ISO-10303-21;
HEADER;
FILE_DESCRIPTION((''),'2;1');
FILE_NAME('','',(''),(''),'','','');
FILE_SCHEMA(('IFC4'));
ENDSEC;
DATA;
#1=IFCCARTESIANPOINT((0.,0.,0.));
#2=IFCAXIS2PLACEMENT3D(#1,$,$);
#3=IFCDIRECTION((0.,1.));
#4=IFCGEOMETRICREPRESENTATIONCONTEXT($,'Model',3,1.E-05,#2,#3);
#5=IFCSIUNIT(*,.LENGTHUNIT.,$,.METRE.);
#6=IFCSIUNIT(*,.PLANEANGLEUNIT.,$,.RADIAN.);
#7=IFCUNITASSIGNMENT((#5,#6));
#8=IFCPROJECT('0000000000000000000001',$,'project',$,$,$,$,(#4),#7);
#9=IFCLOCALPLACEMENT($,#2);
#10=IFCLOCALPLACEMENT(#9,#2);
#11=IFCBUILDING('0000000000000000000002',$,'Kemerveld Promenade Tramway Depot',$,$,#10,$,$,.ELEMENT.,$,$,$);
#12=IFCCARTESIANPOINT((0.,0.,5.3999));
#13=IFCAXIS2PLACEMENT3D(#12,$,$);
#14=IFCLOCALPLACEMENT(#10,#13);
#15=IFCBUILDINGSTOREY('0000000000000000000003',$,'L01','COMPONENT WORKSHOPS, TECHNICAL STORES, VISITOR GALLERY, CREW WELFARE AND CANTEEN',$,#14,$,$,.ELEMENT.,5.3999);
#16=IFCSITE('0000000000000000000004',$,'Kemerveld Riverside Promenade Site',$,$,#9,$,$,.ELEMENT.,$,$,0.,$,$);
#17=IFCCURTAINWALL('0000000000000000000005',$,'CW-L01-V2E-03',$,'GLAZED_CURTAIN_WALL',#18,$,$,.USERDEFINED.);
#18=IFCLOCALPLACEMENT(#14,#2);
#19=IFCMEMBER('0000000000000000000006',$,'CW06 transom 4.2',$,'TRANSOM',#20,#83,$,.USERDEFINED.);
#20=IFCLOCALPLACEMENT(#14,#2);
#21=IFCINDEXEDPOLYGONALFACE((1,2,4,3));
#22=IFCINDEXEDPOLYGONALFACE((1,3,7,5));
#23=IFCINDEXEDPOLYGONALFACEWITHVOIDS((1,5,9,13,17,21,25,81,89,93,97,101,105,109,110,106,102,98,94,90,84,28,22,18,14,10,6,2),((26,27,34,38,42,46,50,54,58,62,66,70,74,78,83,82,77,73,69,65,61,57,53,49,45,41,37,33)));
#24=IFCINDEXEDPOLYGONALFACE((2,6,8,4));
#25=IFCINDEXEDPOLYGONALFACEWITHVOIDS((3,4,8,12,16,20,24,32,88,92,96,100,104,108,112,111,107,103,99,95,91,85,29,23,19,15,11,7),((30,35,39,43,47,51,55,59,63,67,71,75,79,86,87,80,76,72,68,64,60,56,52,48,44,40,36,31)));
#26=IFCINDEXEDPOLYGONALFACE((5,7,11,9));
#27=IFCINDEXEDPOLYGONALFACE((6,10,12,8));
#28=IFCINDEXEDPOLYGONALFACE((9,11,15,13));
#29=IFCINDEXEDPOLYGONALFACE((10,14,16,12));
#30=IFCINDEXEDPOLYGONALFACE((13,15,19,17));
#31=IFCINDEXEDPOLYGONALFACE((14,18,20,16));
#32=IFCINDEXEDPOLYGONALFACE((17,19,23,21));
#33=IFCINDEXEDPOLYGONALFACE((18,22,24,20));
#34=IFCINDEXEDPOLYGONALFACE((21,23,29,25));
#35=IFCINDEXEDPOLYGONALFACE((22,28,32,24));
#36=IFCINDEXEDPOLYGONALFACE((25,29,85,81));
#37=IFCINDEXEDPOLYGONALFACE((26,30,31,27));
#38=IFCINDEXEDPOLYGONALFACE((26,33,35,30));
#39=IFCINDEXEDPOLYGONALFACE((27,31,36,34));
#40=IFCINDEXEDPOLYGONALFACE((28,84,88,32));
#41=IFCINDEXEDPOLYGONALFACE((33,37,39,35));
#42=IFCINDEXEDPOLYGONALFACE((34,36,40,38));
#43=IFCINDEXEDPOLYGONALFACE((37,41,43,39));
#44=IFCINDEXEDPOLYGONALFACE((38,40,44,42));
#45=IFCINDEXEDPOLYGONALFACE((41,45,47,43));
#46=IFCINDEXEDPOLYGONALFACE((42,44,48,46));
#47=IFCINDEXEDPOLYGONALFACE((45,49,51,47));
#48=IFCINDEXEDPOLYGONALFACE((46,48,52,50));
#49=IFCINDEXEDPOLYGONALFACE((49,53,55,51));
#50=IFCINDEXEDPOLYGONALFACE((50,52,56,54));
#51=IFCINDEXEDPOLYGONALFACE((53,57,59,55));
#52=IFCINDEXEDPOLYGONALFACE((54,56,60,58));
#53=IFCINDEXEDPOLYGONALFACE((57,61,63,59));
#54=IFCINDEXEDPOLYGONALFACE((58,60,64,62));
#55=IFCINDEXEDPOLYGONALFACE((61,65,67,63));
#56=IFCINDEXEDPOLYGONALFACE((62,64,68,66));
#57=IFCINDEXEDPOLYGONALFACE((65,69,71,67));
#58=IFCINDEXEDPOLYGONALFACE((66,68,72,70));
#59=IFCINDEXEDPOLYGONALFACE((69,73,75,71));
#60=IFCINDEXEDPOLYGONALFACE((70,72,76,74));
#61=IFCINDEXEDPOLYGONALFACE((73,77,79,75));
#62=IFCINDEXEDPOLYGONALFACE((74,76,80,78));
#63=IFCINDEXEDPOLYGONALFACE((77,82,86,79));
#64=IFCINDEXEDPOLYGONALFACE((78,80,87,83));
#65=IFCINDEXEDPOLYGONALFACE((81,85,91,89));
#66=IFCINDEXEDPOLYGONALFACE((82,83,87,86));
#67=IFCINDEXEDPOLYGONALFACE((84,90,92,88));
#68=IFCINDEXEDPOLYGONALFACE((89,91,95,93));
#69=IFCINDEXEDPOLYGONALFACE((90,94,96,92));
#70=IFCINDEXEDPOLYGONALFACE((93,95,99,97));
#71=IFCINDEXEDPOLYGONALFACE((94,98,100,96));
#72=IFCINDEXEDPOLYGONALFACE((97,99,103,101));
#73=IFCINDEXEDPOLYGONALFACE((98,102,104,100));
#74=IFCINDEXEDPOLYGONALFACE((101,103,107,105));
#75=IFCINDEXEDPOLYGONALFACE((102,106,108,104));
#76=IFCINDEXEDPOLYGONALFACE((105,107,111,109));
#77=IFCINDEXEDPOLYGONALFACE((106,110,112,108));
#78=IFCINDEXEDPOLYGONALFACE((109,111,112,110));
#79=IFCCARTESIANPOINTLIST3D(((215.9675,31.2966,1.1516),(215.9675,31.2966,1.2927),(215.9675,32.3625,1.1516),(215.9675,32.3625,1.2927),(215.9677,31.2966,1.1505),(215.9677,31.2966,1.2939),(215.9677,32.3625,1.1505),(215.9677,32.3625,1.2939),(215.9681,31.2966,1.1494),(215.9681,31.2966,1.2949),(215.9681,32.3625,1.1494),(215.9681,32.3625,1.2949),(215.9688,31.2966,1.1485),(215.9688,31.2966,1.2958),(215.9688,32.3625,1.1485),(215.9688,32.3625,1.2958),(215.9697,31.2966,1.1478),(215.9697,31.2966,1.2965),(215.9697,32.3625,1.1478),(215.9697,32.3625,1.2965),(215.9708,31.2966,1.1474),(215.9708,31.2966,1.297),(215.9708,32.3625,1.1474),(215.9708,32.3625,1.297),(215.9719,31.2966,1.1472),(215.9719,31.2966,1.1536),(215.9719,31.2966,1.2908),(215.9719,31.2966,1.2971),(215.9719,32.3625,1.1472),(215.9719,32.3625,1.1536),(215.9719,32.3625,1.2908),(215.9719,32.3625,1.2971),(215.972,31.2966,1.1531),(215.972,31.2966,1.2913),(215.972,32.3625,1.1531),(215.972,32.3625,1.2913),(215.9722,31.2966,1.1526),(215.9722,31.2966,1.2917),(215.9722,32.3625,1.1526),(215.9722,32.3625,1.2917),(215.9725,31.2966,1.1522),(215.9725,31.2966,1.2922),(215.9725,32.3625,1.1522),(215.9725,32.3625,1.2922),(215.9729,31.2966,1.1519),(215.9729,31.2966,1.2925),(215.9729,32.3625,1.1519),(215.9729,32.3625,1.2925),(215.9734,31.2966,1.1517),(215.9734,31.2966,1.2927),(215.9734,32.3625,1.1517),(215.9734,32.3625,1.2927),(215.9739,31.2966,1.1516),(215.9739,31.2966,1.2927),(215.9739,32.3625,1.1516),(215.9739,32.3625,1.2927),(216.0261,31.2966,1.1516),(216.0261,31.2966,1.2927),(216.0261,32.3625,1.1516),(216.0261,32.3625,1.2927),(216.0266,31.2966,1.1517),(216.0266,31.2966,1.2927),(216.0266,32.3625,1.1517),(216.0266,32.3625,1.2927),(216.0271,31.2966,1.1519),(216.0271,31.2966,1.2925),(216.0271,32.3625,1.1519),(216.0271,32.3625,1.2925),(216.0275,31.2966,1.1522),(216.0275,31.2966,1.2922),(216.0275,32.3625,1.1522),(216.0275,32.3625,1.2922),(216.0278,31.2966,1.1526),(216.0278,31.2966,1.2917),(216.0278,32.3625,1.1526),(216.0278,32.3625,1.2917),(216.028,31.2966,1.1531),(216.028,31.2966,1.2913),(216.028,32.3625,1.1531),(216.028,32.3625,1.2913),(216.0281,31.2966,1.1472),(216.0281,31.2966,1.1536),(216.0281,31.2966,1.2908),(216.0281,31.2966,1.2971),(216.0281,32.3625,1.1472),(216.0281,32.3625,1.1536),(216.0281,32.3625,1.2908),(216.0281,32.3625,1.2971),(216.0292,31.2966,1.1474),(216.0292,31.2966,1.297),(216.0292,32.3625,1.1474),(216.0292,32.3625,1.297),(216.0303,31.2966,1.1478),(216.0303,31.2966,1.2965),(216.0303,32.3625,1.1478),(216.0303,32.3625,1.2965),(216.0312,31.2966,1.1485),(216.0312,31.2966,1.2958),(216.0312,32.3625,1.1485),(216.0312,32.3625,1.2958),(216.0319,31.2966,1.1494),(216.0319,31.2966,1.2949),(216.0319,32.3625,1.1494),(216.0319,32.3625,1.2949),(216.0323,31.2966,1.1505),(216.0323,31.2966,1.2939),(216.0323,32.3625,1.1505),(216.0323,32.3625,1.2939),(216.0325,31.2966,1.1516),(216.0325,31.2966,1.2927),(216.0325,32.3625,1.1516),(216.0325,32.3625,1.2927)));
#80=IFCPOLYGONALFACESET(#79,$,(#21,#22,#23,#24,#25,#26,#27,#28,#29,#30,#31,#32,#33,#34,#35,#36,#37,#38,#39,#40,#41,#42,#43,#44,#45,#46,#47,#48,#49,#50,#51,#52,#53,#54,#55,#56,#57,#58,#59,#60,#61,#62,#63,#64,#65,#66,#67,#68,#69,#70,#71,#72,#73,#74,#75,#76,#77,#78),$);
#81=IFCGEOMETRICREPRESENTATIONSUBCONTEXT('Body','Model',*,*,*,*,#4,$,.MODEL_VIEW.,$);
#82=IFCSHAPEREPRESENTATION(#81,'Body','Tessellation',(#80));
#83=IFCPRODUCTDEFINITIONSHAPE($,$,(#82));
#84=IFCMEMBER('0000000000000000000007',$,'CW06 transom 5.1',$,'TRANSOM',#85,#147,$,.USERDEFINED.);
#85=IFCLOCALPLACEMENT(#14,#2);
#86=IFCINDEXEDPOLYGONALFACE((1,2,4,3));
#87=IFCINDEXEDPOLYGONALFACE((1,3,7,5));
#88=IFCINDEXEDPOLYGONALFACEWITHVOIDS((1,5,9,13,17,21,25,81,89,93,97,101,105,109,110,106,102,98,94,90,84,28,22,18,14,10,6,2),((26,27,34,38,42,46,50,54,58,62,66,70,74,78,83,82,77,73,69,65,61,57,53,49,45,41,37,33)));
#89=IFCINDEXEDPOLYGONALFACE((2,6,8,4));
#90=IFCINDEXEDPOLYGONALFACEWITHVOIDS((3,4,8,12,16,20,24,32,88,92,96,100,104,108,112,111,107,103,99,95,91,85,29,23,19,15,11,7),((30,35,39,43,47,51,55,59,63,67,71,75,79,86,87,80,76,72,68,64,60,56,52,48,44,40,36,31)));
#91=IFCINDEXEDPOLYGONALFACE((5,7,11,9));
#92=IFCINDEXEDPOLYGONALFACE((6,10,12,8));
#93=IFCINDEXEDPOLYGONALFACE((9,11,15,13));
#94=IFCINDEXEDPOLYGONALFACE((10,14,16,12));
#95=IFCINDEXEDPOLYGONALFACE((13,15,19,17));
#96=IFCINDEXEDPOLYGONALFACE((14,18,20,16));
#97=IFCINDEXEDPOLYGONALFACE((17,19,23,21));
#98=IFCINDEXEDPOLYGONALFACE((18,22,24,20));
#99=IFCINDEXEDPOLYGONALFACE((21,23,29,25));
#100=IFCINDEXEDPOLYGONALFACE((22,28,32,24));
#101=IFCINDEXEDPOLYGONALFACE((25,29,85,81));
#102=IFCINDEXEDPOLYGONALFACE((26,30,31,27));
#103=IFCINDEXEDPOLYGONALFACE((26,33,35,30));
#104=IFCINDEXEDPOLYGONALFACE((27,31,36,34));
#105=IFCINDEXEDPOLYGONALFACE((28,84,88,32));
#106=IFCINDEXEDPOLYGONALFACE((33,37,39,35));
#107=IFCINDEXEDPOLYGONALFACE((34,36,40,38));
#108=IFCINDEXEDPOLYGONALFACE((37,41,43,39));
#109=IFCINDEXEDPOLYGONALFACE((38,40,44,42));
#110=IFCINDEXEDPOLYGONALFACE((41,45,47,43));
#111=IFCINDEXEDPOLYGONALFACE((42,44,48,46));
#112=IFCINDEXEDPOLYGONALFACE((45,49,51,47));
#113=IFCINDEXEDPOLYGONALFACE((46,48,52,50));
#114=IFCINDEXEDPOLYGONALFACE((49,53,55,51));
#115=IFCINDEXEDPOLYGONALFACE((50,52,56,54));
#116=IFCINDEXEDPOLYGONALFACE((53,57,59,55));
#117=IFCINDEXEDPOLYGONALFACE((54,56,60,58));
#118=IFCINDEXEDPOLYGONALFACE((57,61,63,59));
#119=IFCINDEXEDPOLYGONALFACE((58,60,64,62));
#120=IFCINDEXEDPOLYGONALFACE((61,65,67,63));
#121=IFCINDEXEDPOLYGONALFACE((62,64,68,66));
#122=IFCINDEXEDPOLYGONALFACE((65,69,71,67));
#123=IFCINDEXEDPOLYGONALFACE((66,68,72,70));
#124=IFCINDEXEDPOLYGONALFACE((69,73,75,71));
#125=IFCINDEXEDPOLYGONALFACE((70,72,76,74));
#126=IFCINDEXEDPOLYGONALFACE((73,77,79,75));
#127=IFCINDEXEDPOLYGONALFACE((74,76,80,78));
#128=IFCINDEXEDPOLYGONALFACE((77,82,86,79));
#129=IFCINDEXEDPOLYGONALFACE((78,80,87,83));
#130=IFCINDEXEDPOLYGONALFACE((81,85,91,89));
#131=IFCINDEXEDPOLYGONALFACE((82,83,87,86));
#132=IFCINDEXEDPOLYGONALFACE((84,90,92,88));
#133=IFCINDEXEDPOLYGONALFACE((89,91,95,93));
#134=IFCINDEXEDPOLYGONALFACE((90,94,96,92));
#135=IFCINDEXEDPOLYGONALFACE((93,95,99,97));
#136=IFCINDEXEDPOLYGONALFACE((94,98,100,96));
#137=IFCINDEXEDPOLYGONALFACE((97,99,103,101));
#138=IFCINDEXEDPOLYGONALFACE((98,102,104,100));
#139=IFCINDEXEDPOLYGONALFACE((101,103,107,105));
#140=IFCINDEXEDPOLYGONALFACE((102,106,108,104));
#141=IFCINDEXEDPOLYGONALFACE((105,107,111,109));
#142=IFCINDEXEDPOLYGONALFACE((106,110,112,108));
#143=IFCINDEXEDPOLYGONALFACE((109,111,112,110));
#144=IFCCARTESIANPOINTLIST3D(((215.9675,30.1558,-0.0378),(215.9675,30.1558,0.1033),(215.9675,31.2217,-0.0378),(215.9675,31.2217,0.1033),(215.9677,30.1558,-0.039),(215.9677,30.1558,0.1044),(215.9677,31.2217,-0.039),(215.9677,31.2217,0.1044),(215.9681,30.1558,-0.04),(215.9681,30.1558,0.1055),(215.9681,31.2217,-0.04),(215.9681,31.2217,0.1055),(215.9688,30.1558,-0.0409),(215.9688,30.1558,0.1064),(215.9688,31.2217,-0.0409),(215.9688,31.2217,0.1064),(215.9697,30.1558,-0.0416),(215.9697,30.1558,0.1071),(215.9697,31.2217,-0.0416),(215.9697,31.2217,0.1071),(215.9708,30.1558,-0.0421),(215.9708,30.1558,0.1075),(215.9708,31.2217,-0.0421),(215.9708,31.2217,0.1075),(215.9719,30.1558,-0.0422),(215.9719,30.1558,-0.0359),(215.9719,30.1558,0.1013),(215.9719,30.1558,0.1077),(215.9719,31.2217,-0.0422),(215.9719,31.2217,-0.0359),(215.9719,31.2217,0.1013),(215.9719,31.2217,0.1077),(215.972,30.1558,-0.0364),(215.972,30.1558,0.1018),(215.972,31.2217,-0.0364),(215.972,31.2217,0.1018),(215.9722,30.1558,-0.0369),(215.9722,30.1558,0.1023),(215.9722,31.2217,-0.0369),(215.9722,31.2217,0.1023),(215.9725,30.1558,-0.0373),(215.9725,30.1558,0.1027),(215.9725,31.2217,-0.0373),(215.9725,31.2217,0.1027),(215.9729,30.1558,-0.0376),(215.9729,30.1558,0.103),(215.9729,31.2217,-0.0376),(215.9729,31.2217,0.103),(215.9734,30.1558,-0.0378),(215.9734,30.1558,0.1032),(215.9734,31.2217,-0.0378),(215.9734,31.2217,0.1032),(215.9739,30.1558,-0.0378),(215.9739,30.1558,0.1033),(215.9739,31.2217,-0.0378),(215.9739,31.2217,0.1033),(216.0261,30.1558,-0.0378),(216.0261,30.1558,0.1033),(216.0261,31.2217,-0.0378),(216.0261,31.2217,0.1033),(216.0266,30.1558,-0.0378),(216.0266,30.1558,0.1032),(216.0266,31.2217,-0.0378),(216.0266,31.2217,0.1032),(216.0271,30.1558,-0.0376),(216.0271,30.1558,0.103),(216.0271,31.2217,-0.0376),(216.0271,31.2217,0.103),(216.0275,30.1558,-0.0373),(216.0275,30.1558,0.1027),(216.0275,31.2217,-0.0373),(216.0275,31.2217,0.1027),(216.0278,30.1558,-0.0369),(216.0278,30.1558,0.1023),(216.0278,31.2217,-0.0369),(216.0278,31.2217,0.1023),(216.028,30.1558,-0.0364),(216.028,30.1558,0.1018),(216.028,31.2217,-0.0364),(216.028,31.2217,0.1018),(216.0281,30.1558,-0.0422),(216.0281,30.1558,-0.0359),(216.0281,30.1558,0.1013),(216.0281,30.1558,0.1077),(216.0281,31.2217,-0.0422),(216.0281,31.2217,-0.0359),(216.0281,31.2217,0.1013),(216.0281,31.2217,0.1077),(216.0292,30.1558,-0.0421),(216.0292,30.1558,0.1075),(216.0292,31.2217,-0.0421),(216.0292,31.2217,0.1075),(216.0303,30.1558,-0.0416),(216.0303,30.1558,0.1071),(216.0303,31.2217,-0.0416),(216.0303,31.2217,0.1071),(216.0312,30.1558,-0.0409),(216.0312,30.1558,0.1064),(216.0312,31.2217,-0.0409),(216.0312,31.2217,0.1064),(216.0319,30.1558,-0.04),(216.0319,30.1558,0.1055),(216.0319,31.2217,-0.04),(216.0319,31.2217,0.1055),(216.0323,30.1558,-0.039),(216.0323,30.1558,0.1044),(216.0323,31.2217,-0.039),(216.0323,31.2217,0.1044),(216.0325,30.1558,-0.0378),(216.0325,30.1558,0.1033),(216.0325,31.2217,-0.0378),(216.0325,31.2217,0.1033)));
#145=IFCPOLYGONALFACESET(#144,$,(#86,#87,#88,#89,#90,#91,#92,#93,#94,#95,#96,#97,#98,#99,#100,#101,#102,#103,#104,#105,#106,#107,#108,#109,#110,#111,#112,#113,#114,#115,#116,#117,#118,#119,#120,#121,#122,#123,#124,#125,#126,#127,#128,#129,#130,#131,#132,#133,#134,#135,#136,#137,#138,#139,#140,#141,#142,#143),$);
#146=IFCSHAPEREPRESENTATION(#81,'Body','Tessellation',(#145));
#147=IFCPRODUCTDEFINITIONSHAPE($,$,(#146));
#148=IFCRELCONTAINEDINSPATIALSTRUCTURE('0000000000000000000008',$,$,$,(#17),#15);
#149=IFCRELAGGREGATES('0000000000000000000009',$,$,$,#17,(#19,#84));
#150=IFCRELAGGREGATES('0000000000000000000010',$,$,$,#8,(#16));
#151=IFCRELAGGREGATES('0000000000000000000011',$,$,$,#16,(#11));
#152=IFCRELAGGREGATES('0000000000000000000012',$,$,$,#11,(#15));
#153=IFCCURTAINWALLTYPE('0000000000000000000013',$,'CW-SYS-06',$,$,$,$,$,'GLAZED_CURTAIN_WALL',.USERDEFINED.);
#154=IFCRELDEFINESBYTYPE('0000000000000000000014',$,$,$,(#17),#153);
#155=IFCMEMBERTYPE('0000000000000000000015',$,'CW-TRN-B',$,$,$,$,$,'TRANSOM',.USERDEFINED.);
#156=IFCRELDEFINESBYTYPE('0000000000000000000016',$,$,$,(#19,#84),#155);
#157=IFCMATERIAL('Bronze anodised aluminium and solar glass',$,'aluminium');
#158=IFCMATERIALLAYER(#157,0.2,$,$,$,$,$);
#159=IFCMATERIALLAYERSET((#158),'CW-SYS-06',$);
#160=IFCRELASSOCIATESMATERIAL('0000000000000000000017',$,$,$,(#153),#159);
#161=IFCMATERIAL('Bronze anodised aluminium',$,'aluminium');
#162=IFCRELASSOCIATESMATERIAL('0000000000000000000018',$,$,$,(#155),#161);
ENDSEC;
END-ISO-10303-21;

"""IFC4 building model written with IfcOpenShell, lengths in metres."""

from ifc_helpers import new_model, si_unit, direction, frame, origin, origin_2d, place, context, subcontext, project, spatial, hollow_rectangle, extrude, material, layer, layer_set, material_profile, profile_set, type_object, element, aggregate, save


model = new_model("IFC4")

# Units and contexts
model_context = context("Model", 3, precision=1e-05, world=origin(), true_north=direction((0.0, 1.0)))
body_context = subcontext(model_context, "Body", "Model", "MODEL_VIEW")
ifc_project = project(units=[si_unit("LENGTHUNIT", "METRE"), si_unit("PLANEANGLEUNIT", "RADIAN")], contexts=[model_context])

# Site, building, storey
site_placement = place(None, origin())
site = spatial("IfcSite", under=ifc_project, at=site_placement, Name="Kemerveld Riverside Promenade Site", CompositionType="ELEMENT", RefElevation=0.0)
building_placement = place(site_placement, origin())
building = spatial("IfcBuilding", under=site, at=building_placement, Name="Kemerveld Promenade Tramway Depot", CompositionType="ELEMENT")
storey_placement = place(building_placement, frame((0.0, 0.0, 5.3999)))
storey = spatial("IfcBuildingStorey", under=building, at=storey_placement, Name="L01", Description="COMPONENT WORKSHOPS, TECHNICAL STORES, VISITOR GALLERY, CREW WELFARE AND CANTEEN", CompositionType="ELEMENT", Elevation=5.3999)

# Curtain wall
ifc_material_1 = material(Name="Bronze anodised aluminium and solar glass", Category="aluminium")
ifc_layer_1 = layer(ifc_material_1, 0.2)
ifc_layer_set_1 = layer_set([ifc_layer_1], Name="CW-SYS-06")
curtain_wall_type_1 = type_object("IfcCurtainWallType", Name="CW-SYS-06", ElementType="GLAZED_CURTAIN_WALL", PredefinedType="USERDEFINED", material=ifc_layer_set_1)
curtain_wall_1_placement = place(storey_placement, origin())
curtain_wall_1 = element("IfcCurtainWall", 1, at=curtain_wall_1_placement, inside=storey, type_object=curtain_wall_type_1, Name="CW-L01-V2E-03", ObjectType="GLAZED_CURTAIN_WALL", PredefinedType="USERDEFINED")
ifc_material_2 = material(Name="Bronze anodised aluminium", Category="aluminium")

# Members
ifc_material_profile_1 = material_profile(ifc_material_2, hollow_rectangle(XDim=0.0649, YDim=0.1499, WallThickness=0.0044, InnerFilletRadius=0.002, OuterFilletRadius=0.0044, at=origin_2d()), Name="CW-TRN-150x65")
ifc_profile_set_1 = profile_set([ifc_material_profile_1], Name="Bronze anodised aluminium")
member_type_1 = type_object("IfcMemberType", Name="CW-TRN-B", ElementType="TRANSOM", PredefinedType="USERDEFINED", material=ifc_profile_set_1)
member_1_placement = place(storey_placement, frame((216.0, 32.3625, 1.2222), z_axis=(0.0, -1.0, 0.0), x_axis=(1.0, 0.0, 0.0)))
member_1 = element("IfcMember", 2, at=member_1_placement, type_object=member_type_1, Name="CW06 transom 4.2", ObjectType="TRANSOM", PredefinedType="USERDEFINED", context=body_context, shape_type="SweptSolid", body=[
    extrude(hollow_rectangle(XDim=0.0649, YDim=0.1499, WallThickness=0.0044, InnerFilletRadius=0.002, OuterFilletRadius=0.0044, at=origin_2d()), origin(), (0.0, 0.0, 1.0), 1.0659),
])
member_2_placement = place(storey_placement, frame((216.0, 31.2217, 0.0327), z_axis=(0.0, -1.0, 0.0), x_axis=(1.0, 0.0, 0.0)))
member_2 = element("IfcMember", 3, at=member_2_placement, type_object=member_type_1, Name="CW06 transom 5.1", ObjectType="TRANSOM", PredefinedType="USERDEFINED", context=body_context, shape_type="SweptSolid", body=[
    extrude(hollow_rectangle(XDim=0.0649, YDim=0.1499, WallThickness=0.0044, InnerFilletRadius=0.002, OuterFilletRadius=0.0044, at=origin_2d()), origin(), (0.0, 0.0, 1.0), 1.0659),
])

aggregate(curtain_wall_1, [member_1, member_2])

save(model, "model.ifc")
